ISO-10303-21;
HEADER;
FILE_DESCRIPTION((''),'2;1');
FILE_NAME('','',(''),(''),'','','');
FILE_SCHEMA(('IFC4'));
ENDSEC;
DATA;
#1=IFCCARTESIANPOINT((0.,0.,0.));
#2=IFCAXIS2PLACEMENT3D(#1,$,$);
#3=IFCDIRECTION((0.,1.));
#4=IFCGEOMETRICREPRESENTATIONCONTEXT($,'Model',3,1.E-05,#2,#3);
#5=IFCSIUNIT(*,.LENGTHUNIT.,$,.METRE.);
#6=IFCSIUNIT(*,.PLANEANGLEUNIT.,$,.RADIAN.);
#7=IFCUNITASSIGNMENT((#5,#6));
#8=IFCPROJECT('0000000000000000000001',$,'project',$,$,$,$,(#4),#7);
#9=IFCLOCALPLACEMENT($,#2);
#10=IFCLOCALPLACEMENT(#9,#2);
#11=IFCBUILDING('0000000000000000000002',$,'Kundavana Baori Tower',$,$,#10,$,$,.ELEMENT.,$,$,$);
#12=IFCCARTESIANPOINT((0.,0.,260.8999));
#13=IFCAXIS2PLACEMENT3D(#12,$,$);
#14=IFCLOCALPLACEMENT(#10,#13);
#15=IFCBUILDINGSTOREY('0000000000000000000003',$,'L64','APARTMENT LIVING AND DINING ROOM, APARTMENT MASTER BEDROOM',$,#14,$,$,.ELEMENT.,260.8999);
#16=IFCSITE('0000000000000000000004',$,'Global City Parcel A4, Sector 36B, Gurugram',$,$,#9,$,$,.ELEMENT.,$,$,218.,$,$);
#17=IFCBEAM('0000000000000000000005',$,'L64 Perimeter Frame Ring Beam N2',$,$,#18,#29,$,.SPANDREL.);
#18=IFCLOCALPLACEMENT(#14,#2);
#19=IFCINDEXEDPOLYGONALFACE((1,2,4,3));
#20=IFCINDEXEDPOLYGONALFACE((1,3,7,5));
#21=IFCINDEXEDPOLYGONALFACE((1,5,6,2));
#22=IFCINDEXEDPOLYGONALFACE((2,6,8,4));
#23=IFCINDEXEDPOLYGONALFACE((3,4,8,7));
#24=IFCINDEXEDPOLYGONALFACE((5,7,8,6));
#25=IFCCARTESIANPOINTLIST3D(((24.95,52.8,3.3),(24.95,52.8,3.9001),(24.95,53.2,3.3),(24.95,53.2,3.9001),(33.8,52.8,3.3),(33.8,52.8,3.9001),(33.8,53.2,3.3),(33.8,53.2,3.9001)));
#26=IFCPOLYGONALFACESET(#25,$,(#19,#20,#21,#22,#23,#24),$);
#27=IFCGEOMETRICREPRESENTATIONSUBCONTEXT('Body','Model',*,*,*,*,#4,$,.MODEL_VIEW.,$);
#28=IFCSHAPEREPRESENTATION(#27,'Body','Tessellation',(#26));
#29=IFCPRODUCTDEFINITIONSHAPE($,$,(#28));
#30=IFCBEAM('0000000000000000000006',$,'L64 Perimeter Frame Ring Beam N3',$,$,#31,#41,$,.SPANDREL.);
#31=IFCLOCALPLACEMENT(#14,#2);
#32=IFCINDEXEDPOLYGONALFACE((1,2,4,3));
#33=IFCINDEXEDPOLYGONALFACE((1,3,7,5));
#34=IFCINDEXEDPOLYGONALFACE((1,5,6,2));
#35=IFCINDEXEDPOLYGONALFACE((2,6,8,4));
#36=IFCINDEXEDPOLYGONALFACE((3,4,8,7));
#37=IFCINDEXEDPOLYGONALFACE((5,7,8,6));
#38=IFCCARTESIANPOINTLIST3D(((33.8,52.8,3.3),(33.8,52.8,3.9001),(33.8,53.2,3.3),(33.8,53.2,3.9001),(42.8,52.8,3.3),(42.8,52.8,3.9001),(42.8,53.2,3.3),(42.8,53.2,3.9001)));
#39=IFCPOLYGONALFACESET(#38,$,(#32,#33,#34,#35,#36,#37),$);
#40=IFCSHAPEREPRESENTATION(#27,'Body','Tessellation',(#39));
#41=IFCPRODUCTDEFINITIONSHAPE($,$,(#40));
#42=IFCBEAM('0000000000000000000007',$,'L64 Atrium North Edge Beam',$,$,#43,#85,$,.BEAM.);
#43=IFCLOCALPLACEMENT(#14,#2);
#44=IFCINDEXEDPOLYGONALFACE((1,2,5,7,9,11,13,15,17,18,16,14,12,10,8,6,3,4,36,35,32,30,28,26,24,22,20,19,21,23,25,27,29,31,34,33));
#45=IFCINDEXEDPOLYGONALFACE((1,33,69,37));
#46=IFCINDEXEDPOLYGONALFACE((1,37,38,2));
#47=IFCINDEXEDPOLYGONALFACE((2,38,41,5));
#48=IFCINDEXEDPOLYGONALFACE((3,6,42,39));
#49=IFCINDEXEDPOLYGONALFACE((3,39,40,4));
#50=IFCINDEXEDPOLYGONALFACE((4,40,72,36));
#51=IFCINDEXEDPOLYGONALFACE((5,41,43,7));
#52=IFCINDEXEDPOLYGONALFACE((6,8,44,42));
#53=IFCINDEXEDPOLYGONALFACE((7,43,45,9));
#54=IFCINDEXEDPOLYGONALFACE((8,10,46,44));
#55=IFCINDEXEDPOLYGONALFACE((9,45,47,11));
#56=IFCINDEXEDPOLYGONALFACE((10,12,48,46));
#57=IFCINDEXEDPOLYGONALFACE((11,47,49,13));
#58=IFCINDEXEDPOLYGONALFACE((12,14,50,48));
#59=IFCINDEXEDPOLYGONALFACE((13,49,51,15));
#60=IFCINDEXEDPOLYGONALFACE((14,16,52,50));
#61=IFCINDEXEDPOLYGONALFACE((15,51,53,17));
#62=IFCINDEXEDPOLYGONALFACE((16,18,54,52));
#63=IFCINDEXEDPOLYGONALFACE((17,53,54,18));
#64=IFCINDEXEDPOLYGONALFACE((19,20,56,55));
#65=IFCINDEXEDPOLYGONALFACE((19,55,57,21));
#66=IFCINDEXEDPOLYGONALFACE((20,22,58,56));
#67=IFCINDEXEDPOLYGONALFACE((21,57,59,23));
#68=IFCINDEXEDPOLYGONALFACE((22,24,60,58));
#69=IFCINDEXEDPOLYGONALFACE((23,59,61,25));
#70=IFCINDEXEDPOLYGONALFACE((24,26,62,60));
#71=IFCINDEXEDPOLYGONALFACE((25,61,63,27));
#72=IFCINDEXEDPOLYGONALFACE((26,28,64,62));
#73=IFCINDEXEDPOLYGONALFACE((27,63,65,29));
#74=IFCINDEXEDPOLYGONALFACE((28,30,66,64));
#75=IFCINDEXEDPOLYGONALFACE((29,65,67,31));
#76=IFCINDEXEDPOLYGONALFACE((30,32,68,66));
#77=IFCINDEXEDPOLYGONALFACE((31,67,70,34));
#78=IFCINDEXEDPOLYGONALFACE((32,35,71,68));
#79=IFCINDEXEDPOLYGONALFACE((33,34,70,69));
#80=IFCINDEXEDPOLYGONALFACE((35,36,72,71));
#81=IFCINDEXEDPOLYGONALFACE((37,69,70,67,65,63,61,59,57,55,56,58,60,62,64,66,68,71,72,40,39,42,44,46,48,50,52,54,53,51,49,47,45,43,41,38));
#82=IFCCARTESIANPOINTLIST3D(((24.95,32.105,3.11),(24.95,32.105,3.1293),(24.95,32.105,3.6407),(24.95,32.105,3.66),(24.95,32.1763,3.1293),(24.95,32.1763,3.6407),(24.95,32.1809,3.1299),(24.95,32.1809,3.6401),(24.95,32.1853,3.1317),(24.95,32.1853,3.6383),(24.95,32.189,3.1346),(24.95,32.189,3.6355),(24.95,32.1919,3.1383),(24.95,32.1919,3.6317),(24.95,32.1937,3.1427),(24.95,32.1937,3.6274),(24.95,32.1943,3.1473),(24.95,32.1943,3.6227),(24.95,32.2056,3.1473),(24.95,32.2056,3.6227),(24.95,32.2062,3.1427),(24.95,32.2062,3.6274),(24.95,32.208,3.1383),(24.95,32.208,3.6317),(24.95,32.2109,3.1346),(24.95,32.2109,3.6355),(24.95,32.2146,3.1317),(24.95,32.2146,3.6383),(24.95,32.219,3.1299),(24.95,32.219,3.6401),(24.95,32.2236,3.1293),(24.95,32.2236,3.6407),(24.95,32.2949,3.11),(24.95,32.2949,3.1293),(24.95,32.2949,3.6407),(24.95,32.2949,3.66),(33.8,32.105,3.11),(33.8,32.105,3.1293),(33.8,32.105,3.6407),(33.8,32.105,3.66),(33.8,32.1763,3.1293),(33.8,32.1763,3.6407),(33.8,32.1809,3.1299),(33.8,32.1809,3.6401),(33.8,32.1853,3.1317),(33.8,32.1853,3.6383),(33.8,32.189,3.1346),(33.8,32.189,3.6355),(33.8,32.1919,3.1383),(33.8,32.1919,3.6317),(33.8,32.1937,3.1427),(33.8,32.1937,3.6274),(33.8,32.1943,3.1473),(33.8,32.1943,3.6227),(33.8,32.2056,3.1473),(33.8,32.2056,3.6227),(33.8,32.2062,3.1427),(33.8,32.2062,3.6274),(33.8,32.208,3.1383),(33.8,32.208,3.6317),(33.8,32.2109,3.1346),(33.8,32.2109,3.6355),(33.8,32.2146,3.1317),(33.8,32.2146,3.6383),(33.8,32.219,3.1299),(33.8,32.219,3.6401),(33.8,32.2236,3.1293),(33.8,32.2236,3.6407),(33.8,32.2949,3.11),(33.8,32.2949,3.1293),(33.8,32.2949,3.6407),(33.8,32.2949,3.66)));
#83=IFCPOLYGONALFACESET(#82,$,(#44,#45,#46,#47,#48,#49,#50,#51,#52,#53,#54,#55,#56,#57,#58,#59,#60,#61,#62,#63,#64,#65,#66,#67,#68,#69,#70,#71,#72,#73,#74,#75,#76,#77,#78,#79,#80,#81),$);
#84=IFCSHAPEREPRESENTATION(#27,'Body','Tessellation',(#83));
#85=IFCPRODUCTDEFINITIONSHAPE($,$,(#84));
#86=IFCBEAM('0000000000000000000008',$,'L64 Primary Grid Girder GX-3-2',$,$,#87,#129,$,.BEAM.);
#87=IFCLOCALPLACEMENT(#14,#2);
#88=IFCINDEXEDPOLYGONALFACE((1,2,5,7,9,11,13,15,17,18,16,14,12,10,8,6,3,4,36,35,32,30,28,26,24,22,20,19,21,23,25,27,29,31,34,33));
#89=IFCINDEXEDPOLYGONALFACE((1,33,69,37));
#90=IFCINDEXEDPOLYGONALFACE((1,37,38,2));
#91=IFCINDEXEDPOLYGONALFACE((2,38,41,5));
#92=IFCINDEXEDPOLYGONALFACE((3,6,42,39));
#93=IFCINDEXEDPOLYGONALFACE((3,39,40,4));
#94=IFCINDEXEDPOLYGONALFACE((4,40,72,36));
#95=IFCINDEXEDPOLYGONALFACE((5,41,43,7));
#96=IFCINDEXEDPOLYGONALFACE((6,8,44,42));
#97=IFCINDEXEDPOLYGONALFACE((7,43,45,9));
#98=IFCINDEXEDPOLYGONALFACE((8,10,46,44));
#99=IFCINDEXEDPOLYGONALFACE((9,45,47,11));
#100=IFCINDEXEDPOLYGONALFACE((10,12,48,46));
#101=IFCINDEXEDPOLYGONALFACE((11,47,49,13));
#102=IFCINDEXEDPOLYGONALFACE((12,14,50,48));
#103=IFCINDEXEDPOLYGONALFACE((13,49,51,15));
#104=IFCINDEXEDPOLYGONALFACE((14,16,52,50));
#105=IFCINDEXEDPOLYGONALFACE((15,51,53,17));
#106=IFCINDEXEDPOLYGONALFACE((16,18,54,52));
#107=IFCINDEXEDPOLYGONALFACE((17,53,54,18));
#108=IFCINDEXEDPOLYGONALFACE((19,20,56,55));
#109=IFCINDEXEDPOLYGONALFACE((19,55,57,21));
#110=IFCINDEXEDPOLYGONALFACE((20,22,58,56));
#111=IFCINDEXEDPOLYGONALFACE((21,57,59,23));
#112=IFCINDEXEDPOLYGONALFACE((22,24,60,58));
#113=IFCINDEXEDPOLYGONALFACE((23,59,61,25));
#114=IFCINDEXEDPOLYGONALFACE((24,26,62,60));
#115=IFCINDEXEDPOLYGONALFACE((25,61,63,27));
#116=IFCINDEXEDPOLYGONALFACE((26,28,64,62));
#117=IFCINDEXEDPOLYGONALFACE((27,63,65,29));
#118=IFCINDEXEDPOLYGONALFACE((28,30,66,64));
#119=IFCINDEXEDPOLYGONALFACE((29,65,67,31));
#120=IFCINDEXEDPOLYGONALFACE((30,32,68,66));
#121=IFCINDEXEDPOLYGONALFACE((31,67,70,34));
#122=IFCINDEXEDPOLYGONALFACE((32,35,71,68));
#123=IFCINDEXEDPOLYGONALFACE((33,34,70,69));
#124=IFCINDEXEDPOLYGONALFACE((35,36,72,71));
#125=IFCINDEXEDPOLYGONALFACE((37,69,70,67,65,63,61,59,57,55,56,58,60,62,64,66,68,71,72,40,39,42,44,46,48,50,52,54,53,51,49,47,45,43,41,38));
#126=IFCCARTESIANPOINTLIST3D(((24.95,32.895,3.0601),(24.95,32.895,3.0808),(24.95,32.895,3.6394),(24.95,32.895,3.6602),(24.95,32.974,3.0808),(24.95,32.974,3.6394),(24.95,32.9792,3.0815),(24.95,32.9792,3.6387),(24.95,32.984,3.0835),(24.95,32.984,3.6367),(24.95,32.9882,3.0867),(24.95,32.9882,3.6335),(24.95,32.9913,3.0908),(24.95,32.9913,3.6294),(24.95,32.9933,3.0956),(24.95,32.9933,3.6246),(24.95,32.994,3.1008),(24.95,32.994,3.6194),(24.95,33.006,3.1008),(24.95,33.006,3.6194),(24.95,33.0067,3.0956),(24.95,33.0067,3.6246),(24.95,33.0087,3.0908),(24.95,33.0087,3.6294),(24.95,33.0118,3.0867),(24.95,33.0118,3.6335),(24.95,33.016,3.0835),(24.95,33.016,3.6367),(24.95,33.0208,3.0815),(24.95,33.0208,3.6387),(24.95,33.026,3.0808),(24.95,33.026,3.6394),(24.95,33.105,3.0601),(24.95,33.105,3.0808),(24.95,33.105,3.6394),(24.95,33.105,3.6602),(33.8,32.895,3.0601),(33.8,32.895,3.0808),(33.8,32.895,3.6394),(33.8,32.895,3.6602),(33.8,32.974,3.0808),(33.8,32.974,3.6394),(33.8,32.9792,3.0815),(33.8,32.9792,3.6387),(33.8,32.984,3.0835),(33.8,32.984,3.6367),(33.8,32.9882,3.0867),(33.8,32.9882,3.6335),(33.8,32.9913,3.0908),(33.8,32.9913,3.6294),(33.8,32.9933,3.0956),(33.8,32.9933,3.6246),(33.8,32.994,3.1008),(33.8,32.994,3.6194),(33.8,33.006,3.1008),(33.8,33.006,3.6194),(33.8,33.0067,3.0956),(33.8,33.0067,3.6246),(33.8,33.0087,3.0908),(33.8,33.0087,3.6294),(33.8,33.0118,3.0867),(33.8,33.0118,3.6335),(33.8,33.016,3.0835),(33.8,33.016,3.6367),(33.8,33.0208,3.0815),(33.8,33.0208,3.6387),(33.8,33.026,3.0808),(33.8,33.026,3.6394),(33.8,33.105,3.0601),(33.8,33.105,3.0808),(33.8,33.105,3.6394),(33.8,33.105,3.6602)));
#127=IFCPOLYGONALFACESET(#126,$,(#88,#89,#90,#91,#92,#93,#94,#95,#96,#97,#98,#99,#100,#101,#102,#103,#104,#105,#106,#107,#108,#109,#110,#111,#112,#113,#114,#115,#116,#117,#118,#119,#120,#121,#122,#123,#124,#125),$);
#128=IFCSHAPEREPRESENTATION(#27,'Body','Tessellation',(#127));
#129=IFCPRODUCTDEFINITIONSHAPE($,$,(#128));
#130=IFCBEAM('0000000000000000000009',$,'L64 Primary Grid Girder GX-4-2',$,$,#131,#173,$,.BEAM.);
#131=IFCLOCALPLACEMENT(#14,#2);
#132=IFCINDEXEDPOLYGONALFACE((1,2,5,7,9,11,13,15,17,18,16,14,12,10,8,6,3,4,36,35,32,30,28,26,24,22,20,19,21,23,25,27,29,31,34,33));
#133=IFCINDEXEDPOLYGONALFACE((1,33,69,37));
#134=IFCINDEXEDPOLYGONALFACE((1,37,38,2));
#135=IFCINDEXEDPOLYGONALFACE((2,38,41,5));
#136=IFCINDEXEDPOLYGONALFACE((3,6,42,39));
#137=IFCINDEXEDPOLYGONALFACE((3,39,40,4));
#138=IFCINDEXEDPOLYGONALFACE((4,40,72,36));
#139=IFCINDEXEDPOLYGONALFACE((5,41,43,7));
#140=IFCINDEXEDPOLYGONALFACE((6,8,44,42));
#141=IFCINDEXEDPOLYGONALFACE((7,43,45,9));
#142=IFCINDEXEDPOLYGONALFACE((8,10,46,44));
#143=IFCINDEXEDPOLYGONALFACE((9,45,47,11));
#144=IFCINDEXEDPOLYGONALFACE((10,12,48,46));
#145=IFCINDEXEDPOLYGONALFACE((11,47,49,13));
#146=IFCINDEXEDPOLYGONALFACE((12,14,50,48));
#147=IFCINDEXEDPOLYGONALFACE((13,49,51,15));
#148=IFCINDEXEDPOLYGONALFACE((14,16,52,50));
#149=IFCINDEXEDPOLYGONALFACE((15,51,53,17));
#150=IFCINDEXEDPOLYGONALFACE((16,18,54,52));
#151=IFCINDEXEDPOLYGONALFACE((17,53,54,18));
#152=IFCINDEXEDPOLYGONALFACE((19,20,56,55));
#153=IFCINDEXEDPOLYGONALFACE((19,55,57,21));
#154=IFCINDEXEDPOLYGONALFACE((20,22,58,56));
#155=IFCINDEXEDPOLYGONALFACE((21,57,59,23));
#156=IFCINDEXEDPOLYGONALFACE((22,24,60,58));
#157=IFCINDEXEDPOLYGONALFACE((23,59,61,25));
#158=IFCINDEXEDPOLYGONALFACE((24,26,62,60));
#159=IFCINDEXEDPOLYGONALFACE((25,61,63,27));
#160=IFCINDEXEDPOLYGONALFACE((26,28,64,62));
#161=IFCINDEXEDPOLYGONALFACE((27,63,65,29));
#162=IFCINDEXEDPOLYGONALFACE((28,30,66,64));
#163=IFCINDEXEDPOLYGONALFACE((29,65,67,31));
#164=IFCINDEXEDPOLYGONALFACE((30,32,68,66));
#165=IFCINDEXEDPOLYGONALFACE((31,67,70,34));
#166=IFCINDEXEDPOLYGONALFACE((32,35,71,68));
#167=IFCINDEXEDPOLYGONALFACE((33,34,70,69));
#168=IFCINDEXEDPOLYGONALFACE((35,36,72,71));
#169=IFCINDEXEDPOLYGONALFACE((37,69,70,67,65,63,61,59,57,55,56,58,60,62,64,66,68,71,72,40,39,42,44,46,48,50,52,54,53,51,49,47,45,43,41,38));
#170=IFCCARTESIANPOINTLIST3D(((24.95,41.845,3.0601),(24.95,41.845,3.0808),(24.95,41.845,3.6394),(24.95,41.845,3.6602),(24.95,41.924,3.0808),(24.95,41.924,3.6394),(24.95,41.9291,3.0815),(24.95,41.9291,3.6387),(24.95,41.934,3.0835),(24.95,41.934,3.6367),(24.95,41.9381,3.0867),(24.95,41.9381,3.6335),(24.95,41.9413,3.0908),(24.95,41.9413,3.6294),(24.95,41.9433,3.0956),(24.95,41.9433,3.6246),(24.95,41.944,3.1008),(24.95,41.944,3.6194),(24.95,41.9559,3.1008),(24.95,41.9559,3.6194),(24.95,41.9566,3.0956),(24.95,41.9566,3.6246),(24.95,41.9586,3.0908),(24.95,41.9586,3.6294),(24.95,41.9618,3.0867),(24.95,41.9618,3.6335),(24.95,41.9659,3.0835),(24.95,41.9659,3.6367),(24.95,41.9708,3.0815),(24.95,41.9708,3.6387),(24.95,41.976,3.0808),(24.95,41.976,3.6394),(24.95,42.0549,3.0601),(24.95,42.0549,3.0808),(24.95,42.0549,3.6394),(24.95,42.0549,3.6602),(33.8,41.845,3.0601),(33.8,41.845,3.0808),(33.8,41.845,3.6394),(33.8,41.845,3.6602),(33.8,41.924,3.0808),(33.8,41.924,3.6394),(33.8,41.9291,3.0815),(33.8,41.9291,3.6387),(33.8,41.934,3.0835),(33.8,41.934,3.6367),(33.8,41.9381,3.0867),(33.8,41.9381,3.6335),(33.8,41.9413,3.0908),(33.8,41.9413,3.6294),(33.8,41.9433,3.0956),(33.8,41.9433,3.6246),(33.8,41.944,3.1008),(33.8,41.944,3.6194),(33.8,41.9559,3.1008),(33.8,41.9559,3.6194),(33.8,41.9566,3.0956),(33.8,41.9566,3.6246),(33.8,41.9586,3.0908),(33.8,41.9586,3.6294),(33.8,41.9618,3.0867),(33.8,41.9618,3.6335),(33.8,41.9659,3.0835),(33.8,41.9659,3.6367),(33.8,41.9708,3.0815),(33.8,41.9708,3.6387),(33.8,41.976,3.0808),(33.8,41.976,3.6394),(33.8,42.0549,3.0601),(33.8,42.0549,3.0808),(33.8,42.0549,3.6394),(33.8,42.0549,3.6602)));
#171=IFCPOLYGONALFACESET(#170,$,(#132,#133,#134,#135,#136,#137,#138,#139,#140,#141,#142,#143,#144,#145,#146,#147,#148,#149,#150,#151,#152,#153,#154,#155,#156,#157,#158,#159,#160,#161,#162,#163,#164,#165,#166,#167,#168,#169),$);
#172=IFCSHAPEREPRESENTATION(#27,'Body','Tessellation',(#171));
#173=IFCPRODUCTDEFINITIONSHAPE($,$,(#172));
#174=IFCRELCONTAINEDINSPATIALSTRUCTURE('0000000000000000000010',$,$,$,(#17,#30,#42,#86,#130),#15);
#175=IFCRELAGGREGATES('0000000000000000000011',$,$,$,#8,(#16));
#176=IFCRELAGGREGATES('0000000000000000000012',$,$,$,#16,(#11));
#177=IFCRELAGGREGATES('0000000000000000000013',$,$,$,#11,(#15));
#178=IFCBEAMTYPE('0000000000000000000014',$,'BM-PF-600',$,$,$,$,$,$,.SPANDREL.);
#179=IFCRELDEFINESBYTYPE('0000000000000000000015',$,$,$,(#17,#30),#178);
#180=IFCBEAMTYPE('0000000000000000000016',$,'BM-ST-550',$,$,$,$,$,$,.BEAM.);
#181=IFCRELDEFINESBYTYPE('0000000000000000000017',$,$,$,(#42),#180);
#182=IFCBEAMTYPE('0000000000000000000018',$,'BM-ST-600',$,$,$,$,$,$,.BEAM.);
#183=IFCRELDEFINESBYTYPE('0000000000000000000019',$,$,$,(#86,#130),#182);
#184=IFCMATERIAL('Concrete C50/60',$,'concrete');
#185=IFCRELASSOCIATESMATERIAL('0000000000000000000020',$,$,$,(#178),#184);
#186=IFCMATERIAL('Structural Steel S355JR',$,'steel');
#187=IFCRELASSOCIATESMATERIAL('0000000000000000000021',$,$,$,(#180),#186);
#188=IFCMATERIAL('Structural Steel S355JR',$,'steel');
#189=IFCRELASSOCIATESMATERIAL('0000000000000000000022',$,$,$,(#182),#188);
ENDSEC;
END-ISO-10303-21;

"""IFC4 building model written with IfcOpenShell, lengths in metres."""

from ifc_helpers import new_model, si_unit, direction, frame, origin, origin_2d, place, context, subcontext, project, spatial, rectangle, i_section, extrude, material, material_profile, profile_set, type_object, element, save


model = new_model("IFC4")

# Units and contexts
model_context = context("Model", 3, precision=1e-05, world=origin(), true_north=direction((0.0, 1.0)))
body_context = subcontext(model_context, "Body", "Model", "MODEL_VIEW")
ifc_project = project(units=[si_unit("LENGTHUNIT", "METRE"), si_unit("PLANEANGLEUNIT", "RADIAN")], contexts=[model_context])

# Site, building, storey
site_placement = place(None, origin())
site = spatial("IfcSite", under=ifc_project, at=site_placement, Name="Global City Parcel A4, Sector 36B, Gurugram", CompositionType="ELEMENT", RefElevation=218.0)
building_placement = place(site_placement, origin())
building = spatial("IfcBuilding", under=site, at=building_placement, Name="Kundavana Baori Tower", CompositionType="ELEMENT")
storey_placement = place(building_placement, frame((0.0, 0.0, 260.8999)))
storey = spatial("IfcBuildingStorey", under=building, at=storey_placement, Name="L64", Description="APARTMENT LIVING AND DINING ROOM, APARTMENT MASTER BEDROOM", CompositionType="ELEMENT", Elevation=260.8999)

# Beams
ifc_material_1 = material(Name="Concrete C50/60", Category="concrete")
ifc_material_profile_1 = material_profile(ifc_material_1, rectangle(XDim=0.3999, YDim=0.6001, at=origin_2d()), Name="RC BM 400x600")
ifc_profile_set_1 = profile_set([ifc_material_profile_1], Name="Concrete C50/60")
beam_type_1 = type_object("IfcBeamType", Name="BM-PF-600", PredefinedType="SPANDREL", material=ifc_profile_set_1)
beam_1_placement = place(storey_placement, frame((24.95, 53.0, 3.6001), z_axis=(1.0, 0.0, 0.0), x_axis=(0.0, 1.0, 0.0)))
element("IfcBeam", 1, at=beam_1_placement, inside=storey, type_object=beam_type_1, Name="L64 Perimeter Frame Ring Beam N2", PredefinedType="SPANDREL", context=body_context, shape_type="SweptSolid", body=[
    extrude(rectangle(XDim=0.3999, YDim=0.6001, at=origin_2d()), origin(), (0.0, 0.0, 1.0), 8.8501),
])
beam_2_placement = place(storey_placement, frame((33.8, 53.0, 3.6001), z_axis=(1.0, 0.0, 0.0), x_axis=(0.0, 1.0, 0.0)))
element("IfcBeam", 2, at=beam_2_placement, inside=storey, type_object=beam_type_1, Name="L64 Perimeter Frame Ring Beam N3", PredefinedType="SPANDREL", context=body_context, shape_type="SweptSolid", body=[
    extrude(rectangle(XDim=0.3999, YDim=0.6001, at=origin_2d()), origin(), (0.0, 0.0, 1.0), 9.0),
])
ifc_material_2 = material(Name="Structural Steel S355JR", Category="steel")
ifc_material_profile_2 = material_profile(ifc_material_2, i_section(OverallWidth=0.1899, OverallDepth=0.55, WebThickness=0.0112, FlangeThickness=0.0193, FilletRadius=0.0181, at=origin_2d()), Name="ISMB 550")
ifc_profile_set_2 = profile_set([ifc_material_profile_2], Name="Structural Steel S355JR")
beam_type_2 = type_object("IfcBeamType", Name="BM-ST-550", PredefinedType="BEAM", material=ifc_profile_set_2)
beam_3_placement = place(storey_placement, frame((24.95, 32.2, 3.385), z_axis=(1.0, 0.0, 0.0), x_axis=(0.0, 1.0, 0.0)))
element("IfcBeam", 3, at=beam_3_placement, inside=storey, type_object=beam_type_2, Name="L64 Atrium North Edge Beam", PredefinedType="BEAM", context=body_context, shape_type="SweptSolid", body=[
    extrude(i_section(OverallWidth=0.1899, OverallDepth=0.55, WebThickness=0.0112, FlangeThickness=0.0193, FilletRadius=0.0181, at=origin_2d()), origin(), (0.0, 0.0, 1.0), 8.8501),
])
ifc_material_3 = material(Name="Structural Steel S355JR", Category="steel")
ifc_material_profile_3 = material_profile(ifc_material_3, i_section(OverallWidth=0.21, OverallDepth=0.6001, WebThickness=0.012, FlangeThickness=0.0208, FilletRadius=0.02, at=origin_2d()), Name="ISMB 600")
ifc_profile_set_3 = profile_set([ifc_material_profile_3], Name="Structural Steel S355JR")
beam_type_3 = type_object("IfcBeamType", Name="BM-ST-600", PredefinedType="BEAM", material=ifc_profile_set_3)
for number, where, z_axis, x_axis, name in (
    (4, (24.95, 33.0, 3.3601), (1.0, 0.0, 0.0), (0.0, 1.0, 0.0), "L64 Primary Grid Girder GX-3-2"),
    (5, (24.95, 41.95, 3.3601), (1.0, 0.0, 0.0), (0.0, 1.0, 0.0), "L64 Primary Grid Girder GX-4-2"),
):
    element("IfcBeam", number, at=place(storey_placement, frame(where, z_axis=z_axis, x_axis=x_axis)), inside=storey, type_object=beam_type_3, Name=name, PredefinedType="BEAM", context=body_context, shape_type="SweptSolid", body=[
        extrude(i_section(OverallWidth=0.21, OverallDepth=0.6001, WebThickness=0.012, FlangeThickness=0.0208, FilletRadius=0.02, at=origin_2d()), origin(), (0.0, 0.0, 1.0), 8.8501),
    ])

save(model, "model.ifc")
